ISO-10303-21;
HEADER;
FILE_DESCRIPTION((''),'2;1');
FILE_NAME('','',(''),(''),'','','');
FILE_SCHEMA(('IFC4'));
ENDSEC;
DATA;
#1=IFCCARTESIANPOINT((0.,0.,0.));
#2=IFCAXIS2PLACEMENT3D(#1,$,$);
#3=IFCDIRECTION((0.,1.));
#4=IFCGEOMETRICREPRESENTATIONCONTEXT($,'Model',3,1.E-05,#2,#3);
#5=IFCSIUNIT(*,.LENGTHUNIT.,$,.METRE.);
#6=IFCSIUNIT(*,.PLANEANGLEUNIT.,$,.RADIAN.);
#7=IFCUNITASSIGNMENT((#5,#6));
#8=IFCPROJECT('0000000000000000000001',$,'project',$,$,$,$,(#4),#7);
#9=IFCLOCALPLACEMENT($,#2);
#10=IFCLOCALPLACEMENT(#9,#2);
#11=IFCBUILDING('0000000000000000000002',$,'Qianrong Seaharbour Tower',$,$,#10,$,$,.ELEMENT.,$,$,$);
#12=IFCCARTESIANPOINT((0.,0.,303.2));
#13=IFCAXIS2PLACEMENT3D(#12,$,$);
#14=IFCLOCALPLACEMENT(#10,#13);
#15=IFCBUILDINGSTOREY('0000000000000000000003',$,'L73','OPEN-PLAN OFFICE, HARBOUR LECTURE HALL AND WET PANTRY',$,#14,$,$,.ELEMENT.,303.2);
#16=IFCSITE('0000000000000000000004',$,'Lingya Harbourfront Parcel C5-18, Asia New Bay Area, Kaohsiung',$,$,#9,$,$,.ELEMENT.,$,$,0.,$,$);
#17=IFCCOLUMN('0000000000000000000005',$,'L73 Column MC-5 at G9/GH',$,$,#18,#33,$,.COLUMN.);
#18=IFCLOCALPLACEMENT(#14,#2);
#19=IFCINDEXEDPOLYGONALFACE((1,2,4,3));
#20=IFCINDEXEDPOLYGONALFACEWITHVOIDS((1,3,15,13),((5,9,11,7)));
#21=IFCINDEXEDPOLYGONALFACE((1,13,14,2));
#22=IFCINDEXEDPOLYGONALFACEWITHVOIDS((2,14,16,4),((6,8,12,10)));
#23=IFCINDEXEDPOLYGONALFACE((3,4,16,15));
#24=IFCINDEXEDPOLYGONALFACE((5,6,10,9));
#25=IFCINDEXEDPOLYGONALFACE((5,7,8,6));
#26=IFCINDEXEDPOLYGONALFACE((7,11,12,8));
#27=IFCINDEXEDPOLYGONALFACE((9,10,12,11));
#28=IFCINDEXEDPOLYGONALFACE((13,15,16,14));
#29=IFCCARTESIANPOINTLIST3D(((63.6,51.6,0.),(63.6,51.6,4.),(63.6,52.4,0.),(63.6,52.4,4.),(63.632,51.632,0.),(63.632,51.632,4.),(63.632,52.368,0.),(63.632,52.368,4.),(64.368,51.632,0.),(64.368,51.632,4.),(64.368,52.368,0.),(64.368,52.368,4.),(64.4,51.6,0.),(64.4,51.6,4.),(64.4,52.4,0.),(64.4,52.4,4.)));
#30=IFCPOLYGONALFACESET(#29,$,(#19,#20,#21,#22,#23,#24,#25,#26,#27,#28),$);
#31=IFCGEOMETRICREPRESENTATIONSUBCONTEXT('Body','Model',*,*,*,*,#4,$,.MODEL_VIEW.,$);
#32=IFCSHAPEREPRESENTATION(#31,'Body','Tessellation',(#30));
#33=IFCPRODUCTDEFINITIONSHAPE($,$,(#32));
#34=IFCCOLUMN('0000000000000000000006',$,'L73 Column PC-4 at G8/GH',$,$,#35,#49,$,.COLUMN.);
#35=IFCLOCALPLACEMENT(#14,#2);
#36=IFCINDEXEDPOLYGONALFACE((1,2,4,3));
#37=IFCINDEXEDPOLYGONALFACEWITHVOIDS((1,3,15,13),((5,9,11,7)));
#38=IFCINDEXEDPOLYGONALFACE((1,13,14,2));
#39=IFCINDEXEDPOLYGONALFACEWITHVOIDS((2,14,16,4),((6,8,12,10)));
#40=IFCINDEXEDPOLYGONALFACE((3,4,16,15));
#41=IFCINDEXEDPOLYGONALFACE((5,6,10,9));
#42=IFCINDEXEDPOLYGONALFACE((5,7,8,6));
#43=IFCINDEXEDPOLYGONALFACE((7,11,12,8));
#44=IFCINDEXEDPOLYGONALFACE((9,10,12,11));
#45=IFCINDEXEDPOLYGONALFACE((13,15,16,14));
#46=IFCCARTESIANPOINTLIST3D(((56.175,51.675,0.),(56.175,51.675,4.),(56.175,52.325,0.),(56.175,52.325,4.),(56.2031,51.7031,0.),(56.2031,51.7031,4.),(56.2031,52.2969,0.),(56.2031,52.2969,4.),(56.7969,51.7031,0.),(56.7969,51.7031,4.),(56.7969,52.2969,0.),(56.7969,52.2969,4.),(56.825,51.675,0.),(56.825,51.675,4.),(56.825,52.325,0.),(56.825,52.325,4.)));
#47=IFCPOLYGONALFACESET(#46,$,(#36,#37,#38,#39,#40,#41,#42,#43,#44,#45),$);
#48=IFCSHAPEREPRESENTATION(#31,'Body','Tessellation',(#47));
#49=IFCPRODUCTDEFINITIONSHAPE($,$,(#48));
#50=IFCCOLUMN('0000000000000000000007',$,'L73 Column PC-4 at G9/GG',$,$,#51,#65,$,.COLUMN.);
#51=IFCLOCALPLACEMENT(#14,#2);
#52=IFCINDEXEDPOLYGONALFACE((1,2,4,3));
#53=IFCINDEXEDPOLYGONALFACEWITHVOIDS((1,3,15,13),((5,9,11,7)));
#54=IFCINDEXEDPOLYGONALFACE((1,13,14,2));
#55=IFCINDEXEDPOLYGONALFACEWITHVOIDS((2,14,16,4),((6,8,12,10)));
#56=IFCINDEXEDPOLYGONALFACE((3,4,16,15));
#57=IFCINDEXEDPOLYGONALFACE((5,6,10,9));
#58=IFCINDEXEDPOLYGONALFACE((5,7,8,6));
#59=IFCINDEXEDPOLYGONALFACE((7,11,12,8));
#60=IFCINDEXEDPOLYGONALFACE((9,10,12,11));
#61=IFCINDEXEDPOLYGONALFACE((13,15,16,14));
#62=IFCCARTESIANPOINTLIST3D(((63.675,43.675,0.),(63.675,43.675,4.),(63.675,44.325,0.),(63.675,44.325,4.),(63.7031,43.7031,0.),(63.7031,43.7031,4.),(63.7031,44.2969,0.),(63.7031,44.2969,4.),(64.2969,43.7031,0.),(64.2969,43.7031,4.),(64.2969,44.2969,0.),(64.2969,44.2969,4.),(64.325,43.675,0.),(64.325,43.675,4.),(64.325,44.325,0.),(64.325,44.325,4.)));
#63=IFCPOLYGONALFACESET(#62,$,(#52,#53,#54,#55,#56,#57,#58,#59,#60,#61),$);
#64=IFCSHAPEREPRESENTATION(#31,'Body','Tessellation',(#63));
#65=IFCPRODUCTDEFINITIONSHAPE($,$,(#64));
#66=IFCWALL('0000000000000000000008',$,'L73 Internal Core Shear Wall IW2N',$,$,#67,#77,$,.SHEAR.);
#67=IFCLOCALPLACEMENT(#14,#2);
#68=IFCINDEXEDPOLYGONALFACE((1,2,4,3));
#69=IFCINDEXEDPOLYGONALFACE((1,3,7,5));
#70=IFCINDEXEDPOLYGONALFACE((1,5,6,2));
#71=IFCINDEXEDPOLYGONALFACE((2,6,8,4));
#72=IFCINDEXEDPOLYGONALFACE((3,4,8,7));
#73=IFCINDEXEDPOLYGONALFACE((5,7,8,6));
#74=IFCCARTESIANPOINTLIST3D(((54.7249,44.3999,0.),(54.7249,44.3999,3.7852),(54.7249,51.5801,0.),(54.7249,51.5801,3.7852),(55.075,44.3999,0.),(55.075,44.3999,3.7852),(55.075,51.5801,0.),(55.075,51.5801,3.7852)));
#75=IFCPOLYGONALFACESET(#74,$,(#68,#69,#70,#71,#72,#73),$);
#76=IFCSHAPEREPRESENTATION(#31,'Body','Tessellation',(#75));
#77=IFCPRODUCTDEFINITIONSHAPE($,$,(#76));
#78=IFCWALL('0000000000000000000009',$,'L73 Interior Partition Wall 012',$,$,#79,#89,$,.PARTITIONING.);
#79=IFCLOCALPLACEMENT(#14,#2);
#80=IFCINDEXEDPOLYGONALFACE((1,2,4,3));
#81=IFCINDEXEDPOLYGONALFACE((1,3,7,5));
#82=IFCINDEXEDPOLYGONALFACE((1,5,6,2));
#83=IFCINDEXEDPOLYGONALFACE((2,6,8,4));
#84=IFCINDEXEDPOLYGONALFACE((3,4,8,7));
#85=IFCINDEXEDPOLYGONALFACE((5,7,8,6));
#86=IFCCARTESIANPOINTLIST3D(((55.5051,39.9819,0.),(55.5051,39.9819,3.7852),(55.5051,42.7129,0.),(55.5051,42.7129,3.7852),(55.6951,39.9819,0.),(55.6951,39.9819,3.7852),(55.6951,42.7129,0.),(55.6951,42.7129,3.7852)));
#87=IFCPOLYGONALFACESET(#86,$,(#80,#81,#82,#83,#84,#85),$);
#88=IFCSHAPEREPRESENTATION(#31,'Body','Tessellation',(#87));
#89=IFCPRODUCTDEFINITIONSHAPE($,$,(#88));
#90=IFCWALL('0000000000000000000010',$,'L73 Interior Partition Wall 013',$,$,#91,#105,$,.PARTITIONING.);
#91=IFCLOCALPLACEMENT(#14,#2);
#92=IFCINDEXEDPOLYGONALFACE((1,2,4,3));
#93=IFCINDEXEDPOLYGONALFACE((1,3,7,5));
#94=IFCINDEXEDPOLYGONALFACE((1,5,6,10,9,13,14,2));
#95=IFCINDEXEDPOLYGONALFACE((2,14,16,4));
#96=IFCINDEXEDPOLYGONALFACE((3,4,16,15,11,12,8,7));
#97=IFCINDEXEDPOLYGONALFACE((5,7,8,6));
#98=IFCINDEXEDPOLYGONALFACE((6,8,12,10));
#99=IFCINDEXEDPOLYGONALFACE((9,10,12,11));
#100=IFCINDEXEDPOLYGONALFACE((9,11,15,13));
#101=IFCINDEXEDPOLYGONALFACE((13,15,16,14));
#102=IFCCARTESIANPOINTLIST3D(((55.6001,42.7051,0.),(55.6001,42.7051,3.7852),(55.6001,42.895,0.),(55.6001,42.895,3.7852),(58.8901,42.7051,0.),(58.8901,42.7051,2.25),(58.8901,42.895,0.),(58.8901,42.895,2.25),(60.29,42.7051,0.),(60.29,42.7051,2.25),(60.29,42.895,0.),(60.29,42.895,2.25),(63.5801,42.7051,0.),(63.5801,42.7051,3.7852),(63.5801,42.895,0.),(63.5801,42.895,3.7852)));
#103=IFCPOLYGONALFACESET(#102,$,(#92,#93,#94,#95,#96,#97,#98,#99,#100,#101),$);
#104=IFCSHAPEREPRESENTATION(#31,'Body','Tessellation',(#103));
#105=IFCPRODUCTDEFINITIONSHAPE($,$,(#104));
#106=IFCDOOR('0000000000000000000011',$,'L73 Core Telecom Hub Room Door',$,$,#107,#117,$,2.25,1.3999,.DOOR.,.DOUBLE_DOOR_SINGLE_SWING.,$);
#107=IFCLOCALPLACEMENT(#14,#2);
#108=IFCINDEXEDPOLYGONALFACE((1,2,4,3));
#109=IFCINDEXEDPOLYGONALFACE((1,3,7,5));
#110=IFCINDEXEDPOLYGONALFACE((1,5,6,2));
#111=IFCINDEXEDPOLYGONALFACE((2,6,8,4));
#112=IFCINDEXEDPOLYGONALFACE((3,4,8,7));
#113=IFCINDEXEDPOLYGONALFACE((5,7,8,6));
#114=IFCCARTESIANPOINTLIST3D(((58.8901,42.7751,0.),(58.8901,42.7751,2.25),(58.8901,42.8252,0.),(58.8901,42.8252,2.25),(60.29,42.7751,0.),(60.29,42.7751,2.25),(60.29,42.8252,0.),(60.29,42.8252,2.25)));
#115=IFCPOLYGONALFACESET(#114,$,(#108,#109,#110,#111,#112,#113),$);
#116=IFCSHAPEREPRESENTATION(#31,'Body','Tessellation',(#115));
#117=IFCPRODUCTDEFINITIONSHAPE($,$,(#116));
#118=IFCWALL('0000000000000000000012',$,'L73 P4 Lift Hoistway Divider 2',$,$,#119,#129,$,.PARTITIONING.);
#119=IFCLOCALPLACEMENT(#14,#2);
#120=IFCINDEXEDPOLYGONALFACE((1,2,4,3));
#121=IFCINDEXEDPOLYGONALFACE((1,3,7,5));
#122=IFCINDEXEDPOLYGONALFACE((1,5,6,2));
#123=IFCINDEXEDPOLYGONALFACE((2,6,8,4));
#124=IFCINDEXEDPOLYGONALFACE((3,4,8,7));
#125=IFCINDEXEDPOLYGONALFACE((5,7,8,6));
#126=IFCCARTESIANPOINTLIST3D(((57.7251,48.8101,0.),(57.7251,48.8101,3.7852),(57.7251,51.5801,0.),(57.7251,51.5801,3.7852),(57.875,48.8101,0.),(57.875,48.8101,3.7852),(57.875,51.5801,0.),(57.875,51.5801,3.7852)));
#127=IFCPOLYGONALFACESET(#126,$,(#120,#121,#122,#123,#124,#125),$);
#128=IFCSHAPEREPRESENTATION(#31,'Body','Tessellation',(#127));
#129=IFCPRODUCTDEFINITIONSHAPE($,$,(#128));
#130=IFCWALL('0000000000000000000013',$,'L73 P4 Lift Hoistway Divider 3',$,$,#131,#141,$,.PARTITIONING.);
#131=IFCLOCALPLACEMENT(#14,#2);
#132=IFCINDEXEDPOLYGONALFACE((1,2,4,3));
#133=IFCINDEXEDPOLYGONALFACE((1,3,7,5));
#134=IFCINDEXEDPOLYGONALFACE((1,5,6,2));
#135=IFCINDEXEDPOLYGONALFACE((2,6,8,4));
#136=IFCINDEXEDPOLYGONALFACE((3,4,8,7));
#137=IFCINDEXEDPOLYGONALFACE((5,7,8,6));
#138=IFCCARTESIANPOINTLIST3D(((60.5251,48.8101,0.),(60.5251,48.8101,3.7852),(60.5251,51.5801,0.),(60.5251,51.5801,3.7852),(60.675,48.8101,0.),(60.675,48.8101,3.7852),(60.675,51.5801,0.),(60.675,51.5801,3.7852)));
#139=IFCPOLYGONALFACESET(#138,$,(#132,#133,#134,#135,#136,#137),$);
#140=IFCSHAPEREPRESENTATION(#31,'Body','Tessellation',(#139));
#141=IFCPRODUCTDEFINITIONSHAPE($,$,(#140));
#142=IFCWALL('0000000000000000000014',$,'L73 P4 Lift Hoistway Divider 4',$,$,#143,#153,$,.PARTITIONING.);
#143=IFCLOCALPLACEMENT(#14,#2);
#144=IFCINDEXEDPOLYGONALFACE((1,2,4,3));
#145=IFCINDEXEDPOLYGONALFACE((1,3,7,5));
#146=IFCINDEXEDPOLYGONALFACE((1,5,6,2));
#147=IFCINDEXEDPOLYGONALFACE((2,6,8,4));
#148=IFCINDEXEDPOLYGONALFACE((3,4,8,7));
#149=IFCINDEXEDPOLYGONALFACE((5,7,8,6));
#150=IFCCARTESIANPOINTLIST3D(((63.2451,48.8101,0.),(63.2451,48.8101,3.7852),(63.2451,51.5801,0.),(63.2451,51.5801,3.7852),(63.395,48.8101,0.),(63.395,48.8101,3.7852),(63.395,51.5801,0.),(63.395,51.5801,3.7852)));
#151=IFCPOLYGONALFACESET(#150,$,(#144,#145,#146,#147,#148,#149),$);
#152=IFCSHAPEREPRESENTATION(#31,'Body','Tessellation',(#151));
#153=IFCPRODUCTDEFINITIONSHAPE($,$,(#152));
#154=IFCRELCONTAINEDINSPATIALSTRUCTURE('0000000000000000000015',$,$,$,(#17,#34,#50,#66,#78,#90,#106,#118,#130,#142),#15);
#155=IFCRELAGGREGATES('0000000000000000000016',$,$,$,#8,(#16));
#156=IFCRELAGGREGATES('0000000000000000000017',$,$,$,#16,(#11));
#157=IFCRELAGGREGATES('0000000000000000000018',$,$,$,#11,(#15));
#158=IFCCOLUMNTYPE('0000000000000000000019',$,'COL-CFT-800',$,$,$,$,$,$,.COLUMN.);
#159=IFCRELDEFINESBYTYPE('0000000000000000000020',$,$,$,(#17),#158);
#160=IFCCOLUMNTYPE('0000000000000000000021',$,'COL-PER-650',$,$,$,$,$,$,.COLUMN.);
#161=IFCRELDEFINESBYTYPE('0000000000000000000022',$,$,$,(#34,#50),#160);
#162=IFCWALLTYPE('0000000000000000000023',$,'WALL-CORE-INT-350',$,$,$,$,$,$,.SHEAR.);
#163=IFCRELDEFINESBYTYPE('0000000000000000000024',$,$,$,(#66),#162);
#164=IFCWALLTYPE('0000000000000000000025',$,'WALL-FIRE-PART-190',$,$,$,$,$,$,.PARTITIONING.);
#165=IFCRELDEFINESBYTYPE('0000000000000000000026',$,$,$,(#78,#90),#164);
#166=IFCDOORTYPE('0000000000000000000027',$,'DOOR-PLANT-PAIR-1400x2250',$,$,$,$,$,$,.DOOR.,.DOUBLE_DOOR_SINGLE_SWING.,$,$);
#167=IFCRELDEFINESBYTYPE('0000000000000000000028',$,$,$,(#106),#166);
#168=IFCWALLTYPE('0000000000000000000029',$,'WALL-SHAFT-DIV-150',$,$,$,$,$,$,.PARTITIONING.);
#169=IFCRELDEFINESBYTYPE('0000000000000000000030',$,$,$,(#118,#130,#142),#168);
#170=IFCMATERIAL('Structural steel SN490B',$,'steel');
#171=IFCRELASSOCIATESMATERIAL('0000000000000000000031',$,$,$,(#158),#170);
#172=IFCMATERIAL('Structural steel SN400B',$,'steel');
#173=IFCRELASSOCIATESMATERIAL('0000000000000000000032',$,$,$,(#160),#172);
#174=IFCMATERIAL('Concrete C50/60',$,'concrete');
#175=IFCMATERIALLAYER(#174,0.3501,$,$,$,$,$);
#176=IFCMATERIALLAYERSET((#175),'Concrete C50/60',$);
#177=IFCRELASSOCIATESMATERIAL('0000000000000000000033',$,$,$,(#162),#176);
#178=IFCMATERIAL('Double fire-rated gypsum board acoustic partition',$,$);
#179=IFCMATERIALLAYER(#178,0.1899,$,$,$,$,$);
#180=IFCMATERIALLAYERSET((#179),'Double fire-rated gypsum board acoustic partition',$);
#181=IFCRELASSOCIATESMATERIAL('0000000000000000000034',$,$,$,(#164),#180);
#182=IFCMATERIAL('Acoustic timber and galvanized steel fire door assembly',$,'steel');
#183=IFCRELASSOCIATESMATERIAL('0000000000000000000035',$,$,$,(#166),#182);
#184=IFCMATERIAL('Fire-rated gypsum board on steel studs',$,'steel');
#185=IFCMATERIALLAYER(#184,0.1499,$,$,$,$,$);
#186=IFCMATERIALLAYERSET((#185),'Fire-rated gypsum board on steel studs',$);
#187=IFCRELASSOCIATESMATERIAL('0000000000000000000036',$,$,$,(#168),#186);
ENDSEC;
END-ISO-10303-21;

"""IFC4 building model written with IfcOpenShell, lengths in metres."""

from ifc_helpers import new_model, si_unit, direction, frame, frame_2d, origin, origin_2d, place, context, subcontext, project, spatial, rectangle, hollow_rectangle, extrude, material, layer, layer_set, material_profile, profile_set, type_object, element, fill, save


model = new_model("IFC4")

# Units and contexts
model_context = context("Model", 3, precision=1e-05, world=origin(), true_north=direction((0.0, 1.0)))
body_context = subcontext(model_context, "Body", "Model", "MODEL_VIEW")
ifc_project = project(units=[si_unit("LENGTHUNIT", "METRE"), si_unit("PLANEANGLEUNIT", "RADIAN")], contexts=[model_context])

# Site, building, storey
site_placement = place(None, origin())
site = spatial("IfcSite", under=ifc_project, at=site_placement, Name="Lingya Harbourfront Parcel C5-18, Asia New Bay Area, Kaohsiung", CompositionType="ELEMENT", RefElevation=0.0)
building_placement = place(site_placement, origin())
building = spatial("IfcBuilding", under=site, at=building_placement, Name="Qianrong Seaharbour Tower", CompositionType="ELEMENT")
storey_placement = place(building_placement, frame((0.0, 0.0, 303.2)))
storey = spatial("IfcBuildingStorey", under=building, at=storey_placement, Name="L73", Description="OPEN-PLAN OFFICE, HARBOUR LECTURE HALL AND WET PANTRY", CompositionType="ELEMENT", Elevation=303.2)

# Columns
ifc_material_1 = material(Name="Structural steel SN490B", Category="steel")
ifc_material_profile_1 = material_profile(ifc_material_1, hollow_rectangle(XDim=0.8, YDim=0.8, WallThickness=0.032, at=origin_2d()), Name="BOX800x800x32")
ifc_profile_set_1 = profile_set([ifc_material_profile_1], Name="Structural steel SN490B")
column_type_1 = type_object("IfcColumnType", Name="COL-CFT-800", PredefinedType="COLUMN", material=ifc_profile_set_1)
column_placement = place(storey_placement, frame((64.0, 52.0, 0.0), z_axis=(0.0, 0.0, 1.0), x_axis=(1.0, 0.0, 0.0)))
element("IfcColumn", 1, at=column_placement, inside=storey, type_object=column_type_1, Name="L73 Column MC-5 at G9/GH", PredefinedType="COLUMN", context=body_context, shape_type="SweptSolid", body=[
    extrude(hollow_rectangle(XDim=0.8, YDim=0.8, WallThickness=0.032, at=origin_2d()), origin(), (0.0, 0.0, 1.0), 4.0),
])
ifc_material_2 = material(Name="Structural steel SN400B", Category="steel")
ifc_material_profile_2 = material_profile(ifc_material_2, hollow_rectangle(XDim=0.6499, YDim=0.6499, WallThickness=0.0281, at=origin_2d()), Name="BOX650x650x28")
ifc_profile_set_2 = profile_set([ifc_material_profile_2], Name="Structural steel SN400B")
column_type_2 = type_object("IfcColumnType", Name="COL-PER-650", PredefinedType="COLUMN", material=ifc_profile_set_2)
for number, where, z_axis, x_axis, name in (
    (2, (56.5, 52.0, 0.0), (0.0, 0.0, 1.0), (1.0, 0.0, 0.0), "L73 Column PC-4 at G8/GH"),
    (3, (64.0, 44.0, 0.0), (0.0, 0.0, 1.0), (1.0, 0.0, 0.0), "L73 Column PC-4 at G9/GG"),
):
    element("IfcColumn", number, at=place(storey_placement, frame(where, z_axis=z_axis, x_axis=x_axis)), inside=storey, type_object=column_type_2, Name=name, PredefinedType="COLUMN", context=body_context, shape_type="SweptSolid", body=[
        extrude(hollow_rectangle(XDim=0.6499, YDim=0.6499, WallThickness=0.0281, at=origin_2d()), origin(), (0.0, 0.0, 1.0), 4.0),
    ])

# Walls
ifc_material_3 = material(Name="Concrete C50/60", Category="concrete")
ifc_layer_1 = layer(ifc_material_3, 0.3501)
ifc_layer_set_1 = layer_set([ifc_layer_1], Name="Concrete C50/60")
wall_type_1 = type_object("IfcWallType", Name="WALL-CORE-INT-350", PredefinedType="SHEAR", material=ifc_layer_set_1)
wall_1_placement = place(storey_placement, frame((54.8999, 44.3999, 0.0), z_axis=(0.0, 0.0, 1.0), x_axis=(0.0, 1.0, 0.0)))
element("IfcWall", 4, at=wall_1_placement, inside=storey, type_object=wall_type_1, Name="L73 Internal Core Shear Wall IW2N", PredefinedType="SHEAR", context=body_context, shape_type="SweptSolid", body=[
    extrude(rectangle(XDim=7.1802, YDim=0.3501, at=frame_2d((3.5901, 0.0))), origin(), (0.0, 0.0, 1.0), 3.7852),
])
ifc_material_4 = material(Name="Double fire-rated gypsum board acoustic partition")
ifc_layer_2 = layer(ifc_material_4, 0.1899)
ifc_layer_set_2 = layer_set([ifc_layer_2], Name="Double fire-rated gypsum board acoustic partition")
wall_type_2 = type_object("IfcWallType", Name="WALL-FIRE-PART-190", PredefinedType="PARTITIONING", material=ifc_layer_set_2)
wall_2_placement = place(storey_placement, frame((55.6001, 42.7129, 0.0), z_axis=(0.0, 0.0, 1.0), x_axis=(0.0, -1.0, 0.0)))
element("IfcWall", 5, at=wall_2_placement, inside=storey, type_object=wall_type_2, Name="L73 Interior Partition Wall 012", PredefinedType="PARTITIONING", context=body_context, shape_type="SweptSolid", body=[
    extrude(rectangle(XDim=2.731, YDim=0.1899, at=frame_2d((1.3655, 0.0))), origin(), (0.0, 0.0, 1.0), 3.7852),
])

# Wall, opening, door
wall_3_placement = place(storey_placement, frame((63.5801, 42.8, 0.0), z_axis=(0.0, 0.0, 1.0), x_axis=(-1.0, 0.0, 0.0)))
wall_3 = element("IfcWall", 6, at=wall_3_placement, inside=storey, type_object=wall_type_2, Name="L73 Interior Partition Wall 013", PredefinedType="PARTITIONING", context=body_context, shape_type="SweptSolid", body=[
    extrude(rectangle(XDim=7.98, YDim=0.1899, at=frame_2d((3.99, 0.0))), origin(), (0.0, 0.0, 1.0), 3.7852),
])
opening_1_placement = place(wall_3_placement, frame((3.29, 0.0, 0.0)))
opening_1 = element("IfcOpeningElement", 7, at=opening_1_placement, cuts=wall_3, PredefinedType="OPENING", context=body_context, shape_type="SweptSolid", body=[
    extrude(rectangle(XDim=1.3999, YDim=2.25, at=frame_2d((0.7, 1.125))), frame((0.0, 0.105, 0.0), z_axis=(0.0, -1.0, 0.0), x_axis=(1.0, 0.0, 0.0)), (0.0, 0.0, 1.0), 0.21),
])
ifc_material_5 = material(Name="Acoustic timber and galvanized steel fire door assembly", Category="steel")
door_type_1 = type_object("IfcDoorType", Name="DOOR-PLANT-PAIR-1400x2250", OperationType="DOUBLE_DOOR_SINGLE_SWING", PredefinedType="DOOR", material=ifc_material_5)
door_1_placement = place(opening_1_placement, origin())
door_1 = element("IfcDoor", 8, at=door_1_placement, inside=storey, type_object=door_type_1, Name="L73 Core Telecom Hub Room Door", OperationType="DOUBLE_DOOR_SINGLE_SWING", OverallHeight=2.25, OverallWidth=1.3999, PredefinedType="DOOR", context=body_context, shape_type="SweptSolid", body=[
    extrude(rectangle(XDim=1.3999, YDim=2.25, at=frame_2d((0.7, 1.125))), frame((0.0, 0.0249, 0.0), z_axis=(0.0, -1.0, 0.0), x_axis=(1.0, 0.0, 0.0)), (0.0, 0.0, 1.0), 0.05),
])
fill(opening_1, door_1)

# Walls
ifc_material_6 = material(Name="Fire-rated gypsum board on steel studs", Category="steel")
ifc_layer_3 = layer(ifc_material_6, 0.1499)
ifc_layer_set_3 = layer_set([ifc_layer_3], Name="Fire-rated gypsum board on steel studs")
wall_type_3 = type_object("IfcWallType", Name="WALL-SHAFT-DIV-150", PredefinedType="PARTITIONING", material=ifc_layer_set_3)
for number, where, z_axis, x_axis, name in (
    (9, (57.8, 48.8101, 0.0), (0.0, 0.0, 1.0), (0.0, 1.0, 0.0), "L73 P4 Lift Hoistway Divider 2"),
    (10, (60.6001, 48.8101, 0.0), (0.0, 0.0, 1.0), (0.0, 1.0, 0.0), "L73 P4 Lift Hoistway Divider 3"),
    (11, (63.3201, 48.8101, 0.0), (0.0, 0.0, 1.0), (0.0, 1.0, 0.0), "L73 P4 Lift Hoistway Divider 4"),
):
    element("IfcWall", number, at=place(storey_placement, frame(where, z_axis=z_axis, x_axis=x_axis)), inside=storey, type_object=wall_type_3, Name=name, PredefinedType="PARTITIONING", context=body_context, shape_type="SweptSolid", body=[
        extrude(rectangle(XDim=2.77, YDim=0.1499, at=frame_2d((1.385, 0.0))), origin(), (0.0, 0.0, 1.0), 3.7852),
    ])

save(model, "model.ifc")
